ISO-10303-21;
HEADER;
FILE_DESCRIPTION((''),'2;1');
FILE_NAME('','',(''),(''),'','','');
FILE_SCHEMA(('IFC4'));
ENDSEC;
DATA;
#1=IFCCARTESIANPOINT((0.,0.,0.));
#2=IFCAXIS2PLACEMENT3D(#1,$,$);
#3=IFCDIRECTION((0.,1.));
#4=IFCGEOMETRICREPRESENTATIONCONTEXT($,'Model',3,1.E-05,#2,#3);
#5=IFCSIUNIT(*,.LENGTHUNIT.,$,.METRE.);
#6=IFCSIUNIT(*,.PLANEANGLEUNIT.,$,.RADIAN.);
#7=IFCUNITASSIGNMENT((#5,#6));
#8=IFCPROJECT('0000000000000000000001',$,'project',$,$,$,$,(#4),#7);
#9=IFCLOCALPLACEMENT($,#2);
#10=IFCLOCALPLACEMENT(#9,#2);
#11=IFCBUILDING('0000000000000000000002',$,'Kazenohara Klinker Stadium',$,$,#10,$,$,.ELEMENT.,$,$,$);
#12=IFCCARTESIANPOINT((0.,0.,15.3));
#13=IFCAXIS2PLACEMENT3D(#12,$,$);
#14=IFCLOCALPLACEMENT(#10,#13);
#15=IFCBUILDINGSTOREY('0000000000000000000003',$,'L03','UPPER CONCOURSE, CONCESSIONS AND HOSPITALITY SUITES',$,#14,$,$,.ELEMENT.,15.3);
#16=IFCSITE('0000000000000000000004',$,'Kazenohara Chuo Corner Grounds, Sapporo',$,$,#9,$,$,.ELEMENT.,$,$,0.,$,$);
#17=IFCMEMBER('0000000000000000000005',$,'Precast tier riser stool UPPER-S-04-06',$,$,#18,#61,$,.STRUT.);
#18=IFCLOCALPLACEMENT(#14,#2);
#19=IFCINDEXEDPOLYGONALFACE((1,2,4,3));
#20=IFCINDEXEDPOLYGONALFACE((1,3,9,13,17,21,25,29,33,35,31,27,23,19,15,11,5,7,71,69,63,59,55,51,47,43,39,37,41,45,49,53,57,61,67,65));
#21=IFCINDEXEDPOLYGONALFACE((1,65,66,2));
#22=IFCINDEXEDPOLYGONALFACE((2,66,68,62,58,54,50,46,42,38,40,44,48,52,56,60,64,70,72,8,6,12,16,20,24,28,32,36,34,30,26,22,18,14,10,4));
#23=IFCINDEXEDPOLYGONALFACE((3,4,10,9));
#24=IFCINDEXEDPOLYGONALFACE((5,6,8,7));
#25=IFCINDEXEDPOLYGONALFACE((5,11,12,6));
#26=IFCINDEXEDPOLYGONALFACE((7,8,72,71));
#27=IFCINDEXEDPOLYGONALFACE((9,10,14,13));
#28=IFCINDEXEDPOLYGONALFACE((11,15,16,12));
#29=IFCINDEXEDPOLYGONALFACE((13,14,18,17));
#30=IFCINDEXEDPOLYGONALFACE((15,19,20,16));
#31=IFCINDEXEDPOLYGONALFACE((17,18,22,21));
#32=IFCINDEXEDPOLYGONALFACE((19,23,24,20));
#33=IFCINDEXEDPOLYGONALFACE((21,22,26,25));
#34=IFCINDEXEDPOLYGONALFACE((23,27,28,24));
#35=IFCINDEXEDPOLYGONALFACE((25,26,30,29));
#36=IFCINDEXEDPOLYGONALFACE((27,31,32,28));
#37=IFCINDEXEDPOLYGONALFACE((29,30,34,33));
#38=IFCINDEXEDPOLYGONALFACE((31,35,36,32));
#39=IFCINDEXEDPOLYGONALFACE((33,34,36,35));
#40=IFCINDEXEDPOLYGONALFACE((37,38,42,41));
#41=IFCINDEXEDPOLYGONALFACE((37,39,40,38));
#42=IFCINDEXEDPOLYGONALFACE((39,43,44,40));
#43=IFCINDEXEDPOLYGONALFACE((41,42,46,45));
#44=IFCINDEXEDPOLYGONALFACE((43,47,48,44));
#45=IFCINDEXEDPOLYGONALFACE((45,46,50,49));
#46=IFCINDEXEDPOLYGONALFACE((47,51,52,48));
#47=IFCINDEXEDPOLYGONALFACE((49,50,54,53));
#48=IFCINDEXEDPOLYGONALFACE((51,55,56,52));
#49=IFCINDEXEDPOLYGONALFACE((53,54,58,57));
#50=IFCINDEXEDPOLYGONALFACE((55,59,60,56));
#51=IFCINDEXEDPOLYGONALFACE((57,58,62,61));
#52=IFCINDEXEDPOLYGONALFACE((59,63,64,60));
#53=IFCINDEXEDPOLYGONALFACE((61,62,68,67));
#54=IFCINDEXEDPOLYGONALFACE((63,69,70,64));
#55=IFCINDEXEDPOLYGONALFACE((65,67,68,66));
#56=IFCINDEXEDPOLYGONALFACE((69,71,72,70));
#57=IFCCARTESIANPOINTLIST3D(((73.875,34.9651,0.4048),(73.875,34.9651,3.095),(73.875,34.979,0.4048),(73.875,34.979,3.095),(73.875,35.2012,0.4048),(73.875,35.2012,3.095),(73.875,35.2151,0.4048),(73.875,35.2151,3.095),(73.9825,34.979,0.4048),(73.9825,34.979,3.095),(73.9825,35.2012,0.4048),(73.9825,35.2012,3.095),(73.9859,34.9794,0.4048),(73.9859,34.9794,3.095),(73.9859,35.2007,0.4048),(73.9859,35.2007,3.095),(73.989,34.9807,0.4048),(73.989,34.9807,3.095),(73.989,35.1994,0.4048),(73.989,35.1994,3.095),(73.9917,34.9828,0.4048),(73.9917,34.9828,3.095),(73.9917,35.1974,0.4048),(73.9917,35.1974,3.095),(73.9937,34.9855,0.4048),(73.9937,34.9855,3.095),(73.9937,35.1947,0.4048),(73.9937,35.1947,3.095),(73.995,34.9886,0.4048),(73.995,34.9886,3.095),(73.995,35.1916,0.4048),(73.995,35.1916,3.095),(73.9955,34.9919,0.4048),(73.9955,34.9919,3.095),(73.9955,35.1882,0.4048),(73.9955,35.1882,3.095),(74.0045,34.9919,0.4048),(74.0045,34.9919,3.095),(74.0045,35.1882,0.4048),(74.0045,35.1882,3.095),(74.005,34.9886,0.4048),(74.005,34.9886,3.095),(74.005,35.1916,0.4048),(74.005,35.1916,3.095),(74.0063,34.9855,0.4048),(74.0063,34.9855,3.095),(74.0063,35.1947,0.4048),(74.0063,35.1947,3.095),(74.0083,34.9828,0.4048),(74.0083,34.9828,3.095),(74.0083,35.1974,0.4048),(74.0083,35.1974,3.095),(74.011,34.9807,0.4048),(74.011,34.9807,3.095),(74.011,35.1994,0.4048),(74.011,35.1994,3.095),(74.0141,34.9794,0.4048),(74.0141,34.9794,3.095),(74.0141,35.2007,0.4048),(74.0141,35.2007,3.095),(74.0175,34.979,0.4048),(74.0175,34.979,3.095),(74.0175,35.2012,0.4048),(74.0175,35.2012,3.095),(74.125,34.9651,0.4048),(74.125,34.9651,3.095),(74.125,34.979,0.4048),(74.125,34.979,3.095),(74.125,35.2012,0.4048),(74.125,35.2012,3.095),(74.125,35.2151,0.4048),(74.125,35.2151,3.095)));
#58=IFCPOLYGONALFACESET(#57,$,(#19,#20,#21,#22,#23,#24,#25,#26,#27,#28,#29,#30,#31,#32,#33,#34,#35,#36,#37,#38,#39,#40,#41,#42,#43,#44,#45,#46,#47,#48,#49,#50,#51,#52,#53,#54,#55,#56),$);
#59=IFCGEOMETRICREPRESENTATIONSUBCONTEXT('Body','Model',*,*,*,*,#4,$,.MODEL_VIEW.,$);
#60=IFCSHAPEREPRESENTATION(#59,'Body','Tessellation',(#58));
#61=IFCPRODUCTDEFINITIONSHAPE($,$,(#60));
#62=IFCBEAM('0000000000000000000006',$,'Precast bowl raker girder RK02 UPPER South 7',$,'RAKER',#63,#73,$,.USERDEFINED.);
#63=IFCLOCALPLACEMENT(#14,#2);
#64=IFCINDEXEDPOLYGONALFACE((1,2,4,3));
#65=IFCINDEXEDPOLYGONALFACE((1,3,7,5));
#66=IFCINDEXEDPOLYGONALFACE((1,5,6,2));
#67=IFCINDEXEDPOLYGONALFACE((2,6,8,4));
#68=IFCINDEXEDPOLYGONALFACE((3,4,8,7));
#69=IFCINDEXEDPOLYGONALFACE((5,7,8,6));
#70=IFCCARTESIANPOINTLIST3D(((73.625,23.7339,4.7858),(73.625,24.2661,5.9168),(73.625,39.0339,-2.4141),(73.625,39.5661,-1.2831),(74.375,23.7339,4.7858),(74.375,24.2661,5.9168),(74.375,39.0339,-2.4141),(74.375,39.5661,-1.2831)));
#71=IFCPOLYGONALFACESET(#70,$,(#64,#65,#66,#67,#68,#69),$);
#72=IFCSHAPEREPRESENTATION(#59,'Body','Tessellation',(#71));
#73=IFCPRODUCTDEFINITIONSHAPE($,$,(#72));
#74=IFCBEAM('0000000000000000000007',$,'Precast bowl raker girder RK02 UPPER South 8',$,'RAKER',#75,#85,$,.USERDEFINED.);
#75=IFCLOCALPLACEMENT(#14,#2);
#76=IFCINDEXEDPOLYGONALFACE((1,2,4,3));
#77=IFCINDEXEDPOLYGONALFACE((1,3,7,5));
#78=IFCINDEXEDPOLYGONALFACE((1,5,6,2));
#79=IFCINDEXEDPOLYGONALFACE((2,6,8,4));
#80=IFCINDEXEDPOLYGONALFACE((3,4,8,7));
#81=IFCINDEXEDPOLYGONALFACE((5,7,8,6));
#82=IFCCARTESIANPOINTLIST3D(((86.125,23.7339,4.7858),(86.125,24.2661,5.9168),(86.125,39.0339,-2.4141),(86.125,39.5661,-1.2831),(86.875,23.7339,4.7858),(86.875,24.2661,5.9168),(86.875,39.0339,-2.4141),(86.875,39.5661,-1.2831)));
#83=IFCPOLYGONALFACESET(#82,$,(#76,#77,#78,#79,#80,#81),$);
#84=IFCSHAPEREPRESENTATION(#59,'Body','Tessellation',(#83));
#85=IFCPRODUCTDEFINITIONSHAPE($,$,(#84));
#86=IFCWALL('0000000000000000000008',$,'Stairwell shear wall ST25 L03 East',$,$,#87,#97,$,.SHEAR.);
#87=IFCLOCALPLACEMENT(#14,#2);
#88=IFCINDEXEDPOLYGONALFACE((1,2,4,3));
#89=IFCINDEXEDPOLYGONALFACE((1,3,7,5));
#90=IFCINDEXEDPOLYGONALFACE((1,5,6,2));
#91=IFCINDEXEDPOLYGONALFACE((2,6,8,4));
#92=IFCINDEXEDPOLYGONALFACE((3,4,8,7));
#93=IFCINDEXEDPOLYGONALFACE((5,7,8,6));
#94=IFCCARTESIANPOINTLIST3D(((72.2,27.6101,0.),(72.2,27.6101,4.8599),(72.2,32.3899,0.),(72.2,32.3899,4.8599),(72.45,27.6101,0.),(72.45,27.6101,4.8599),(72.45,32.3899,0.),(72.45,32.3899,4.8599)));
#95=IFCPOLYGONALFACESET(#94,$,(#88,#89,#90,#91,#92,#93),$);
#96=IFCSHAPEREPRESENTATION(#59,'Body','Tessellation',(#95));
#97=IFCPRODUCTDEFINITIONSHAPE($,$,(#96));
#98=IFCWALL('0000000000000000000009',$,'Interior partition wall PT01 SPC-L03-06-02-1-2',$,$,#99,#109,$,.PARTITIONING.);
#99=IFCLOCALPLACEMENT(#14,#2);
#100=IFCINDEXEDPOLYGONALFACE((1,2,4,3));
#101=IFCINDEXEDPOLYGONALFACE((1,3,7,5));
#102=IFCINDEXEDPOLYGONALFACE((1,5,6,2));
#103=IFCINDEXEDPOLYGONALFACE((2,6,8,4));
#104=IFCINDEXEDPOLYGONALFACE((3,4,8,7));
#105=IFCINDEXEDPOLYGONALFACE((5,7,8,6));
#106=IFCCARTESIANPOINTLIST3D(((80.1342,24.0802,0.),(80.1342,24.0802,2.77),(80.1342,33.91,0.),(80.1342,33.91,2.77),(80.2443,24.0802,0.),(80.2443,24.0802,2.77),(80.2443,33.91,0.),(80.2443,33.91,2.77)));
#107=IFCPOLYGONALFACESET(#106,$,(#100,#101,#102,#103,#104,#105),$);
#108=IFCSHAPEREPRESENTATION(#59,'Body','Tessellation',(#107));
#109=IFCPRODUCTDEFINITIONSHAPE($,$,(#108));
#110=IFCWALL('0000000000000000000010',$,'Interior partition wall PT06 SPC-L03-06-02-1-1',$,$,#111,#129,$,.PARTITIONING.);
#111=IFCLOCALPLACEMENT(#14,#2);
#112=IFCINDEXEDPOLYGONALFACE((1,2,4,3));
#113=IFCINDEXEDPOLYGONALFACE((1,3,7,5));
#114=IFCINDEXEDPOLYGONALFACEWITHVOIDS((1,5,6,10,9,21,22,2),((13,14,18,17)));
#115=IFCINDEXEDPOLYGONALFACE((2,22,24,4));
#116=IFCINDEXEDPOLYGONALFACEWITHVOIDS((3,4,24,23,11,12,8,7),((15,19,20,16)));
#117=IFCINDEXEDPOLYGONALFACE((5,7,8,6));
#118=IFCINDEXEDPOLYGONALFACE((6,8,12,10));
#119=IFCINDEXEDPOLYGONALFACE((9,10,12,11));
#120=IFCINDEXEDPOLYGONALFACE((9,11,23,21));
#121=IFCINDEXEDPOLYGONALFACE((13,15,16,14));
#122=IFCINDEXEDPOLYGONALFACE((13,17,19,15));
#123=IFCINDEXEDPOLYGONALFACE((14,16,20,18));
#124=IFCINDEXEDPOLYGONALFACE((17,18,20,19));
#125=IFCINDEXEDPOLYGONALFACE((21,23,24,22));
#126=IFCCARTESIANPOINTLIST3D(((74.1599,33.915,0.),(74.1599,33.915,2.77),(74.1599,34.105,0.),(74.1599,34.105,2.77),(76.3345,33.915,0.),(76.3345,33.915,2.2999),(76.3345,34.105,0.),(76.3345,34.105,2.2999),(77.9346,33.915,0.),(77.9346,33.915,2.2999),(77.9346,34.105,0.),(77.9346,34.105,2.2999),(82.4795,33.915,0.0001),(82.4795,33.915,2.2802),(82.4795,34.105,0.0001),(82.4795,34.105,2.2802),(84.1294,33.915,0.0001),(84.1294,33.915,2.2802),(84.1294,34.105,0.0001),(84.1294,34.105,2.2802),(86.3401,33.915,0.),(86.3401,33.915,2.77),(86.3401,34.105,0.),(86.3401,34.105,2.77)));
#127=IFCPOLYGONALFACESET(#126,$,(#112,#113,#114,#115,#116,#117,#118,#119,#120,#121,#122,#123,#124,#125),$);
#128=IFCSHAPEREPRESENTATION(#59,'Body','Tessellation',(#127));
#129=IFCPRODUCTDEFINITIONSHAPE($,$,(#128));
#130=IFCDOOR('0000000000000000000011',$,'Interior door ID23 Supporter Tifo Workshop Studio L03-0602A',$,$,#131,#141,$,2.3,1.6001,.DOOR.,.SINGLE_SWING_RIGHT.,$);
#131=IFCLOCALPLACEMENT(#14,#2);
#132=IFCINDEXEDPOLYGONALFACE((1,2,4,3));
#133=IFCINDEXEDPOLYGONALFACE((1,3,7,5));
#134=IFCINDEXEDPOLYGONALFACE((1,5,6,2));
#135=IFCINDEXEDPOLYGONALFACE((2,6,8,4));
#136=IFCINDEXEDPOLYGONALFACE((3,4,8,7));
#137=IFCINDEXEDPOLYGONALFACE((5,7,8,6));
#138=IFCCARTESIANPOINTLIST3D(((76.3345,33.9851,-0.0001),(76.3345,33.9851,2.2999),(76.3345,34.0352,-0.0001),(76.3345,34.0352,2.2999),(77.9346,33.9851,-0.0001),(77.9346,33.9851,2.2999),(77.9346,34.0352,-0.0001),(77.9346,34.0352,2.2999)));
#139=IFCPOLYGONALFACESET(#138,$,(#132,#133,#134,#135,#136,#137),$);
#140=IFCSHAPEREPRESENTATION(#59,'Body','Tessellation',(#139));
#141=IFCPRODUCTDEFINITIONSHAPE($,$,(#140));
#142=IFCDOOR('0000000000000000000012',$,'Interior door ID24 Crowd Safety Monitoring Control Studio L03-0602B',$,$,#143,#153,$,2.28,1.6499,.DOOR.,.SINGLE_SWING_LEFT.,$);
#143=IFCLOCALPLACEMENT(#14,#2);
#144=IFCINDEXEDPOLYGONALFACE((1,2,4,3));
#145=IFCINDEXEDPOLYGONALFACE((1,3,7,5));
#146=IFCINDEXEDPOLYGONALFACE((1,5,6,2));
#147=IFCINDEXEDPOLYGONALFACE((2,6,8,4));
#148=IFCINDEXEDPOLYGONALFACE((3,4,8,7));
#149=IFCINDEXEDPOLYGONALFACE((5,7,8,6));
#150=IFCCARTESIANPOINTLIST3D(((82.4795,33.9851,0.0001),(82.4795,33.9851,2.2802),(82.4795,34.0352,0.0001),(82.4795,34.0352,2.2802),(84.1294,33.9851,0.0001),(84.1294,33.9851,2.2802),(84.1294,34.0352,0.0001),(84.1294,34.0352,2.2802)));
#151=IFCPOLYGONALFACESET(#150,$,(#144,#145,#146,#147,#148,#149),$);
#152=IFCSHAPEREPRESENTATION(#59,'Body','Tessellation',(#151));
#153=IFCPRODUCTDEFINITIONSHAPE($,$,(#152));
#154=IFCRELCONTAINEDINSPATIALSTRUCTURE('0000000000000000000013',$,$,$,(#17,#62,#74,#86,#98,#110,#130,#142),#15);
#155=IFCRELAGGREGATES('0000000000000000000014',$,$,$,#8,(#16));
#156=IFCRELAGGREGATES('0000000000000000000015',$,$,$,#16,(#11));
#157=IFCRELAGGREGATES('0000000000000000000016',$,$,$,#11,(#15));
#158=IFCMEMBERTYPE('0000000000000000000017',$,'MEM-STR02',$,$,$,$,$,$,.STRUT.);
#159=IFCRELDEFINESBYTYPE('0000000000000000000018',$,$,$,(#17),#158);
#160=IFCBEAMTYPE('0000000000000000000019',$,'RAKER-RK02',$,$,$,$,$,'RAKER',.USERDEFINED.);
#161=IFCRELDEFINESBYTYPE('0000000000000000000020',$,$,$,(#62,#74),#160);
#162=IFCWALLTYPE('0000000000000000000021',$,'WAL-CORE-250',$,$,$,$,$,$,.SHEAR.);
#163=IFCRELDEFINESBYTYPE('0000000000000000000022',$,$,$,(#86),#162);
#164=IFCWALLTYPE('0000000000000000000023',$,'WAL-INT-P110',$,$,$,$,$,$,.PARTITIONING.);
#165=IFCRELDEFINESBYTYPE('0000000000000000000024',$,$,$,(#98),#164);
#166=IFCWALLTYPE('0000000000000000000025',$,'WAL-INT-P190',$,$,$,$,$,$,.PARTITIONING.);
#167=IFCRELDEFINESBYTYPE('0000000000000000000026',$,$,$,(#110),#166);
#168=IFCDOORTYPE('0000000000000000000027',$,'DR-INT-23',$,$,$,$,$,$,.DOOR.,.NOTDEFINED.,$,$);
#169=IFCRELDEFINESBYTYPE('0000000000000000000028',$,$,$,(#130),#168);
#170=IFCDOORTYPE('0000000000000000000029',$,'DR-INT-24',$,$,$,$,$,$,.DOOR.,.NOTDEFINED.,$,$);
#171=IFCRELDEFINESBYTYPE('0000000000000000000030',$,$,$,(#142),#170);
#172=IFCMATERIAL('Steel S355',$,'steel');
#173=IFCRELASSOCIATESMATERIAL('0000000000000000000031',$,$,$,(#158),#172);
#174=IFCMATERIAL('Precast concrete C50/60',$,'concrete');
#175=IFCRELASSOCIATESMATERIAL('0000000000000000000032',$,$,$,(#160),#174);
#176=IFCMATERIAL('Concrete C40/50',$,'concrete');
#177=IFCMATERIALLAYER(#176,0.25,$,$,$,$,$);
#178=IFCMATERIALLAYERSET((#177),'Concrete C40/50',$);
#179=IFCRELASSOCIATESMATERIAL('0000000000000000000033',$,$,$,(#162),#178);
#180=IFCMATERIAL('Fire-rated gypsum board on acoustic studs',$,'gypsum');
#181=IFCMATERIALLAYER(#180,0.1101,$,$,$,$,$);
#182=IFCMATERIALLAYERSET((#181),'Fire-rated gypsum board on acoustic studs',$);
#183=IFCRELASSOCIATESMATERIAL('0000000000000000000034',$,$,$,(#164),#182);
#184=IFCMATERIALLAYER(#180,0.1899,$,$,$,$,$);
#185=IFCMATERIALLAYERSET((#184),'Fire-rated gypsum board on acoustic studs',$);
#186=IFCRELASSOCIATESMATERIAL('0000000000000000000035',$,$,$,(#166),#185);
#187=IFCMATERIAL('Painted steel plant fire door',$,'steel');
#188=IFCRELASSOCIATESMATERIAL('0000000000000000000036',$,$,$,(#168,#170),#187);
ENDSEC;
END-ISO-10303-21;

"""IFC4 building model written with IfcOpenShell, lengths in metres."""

from ifc_helpers import new_model, si_unit, direction, frame, frame_2d, origin, origin_2d, place, context, subcontext, project, spatial, rectangle, i_section, extrude, material, layer, layer_set, material_profile, profile_set, type_object, element, fill, save


model = new_model("IFC4")

# Units and contexts
model_context = context("Model", 3, precision=1e-05, world=origin(), true_north=direction((0.0, 1.0)))
body_context = subcontext(model_context, "Body", "Model", "MODEL_VIEW")
ifc_project = project(units=[si_unit("LENGTHUNIT", "METRE"), si_unit("PLANEANGLEUNIT", "RADIAN")], contexts=[model_context])

# Site, building, storey
site_placement = place(None, origin())
site = spatial("IfcSite", under=ifc_project, at=site_placement, Name="Kazenohara Chuo Corner Grounds, Sapporo", CompositionType="ELEMENT", RefElevation=0.0)
building_placement = place(site_placement, origin())
building = spatial("IfcBuilding", under=site, at=building_placement, Name="Kazenohara Klinker Stadium", CompositionType="ELEMENT")
storey_placement = place(building_placement, frame((0.0, 0.0, 15.3)))
storey = spatial("IfcBuildingStorey", under=building, at=storey_placement, Name="L03", Description="UPPER CONCOURSE, CONCESSIONS AND HOSPITALITY SUITES", CompositionType="ELEMENT", Elevation=15.3)

# Shared definitions
ifc_material_1 = material(Name="Concrete C40/50", Category="concrete")

# Shared definitions
ifc_material_2 = material(Name="Steel S355", Category="steel")

# Member
ifc_material_profile_1 = material_profile(ifc_material_2, i_section(OverallWidth=0.25, OverallDepth=0.25, WebThickness=0.009, FlangeThickness=0.0139, FilletRadius=0.0129, at=origin_2d()), Name="H-250x250x9x14")
ifc_profile_set_1 = profile_set([ifc_material_profile_1], Name="Steel S355")
member_type_1 = type_object("IfcMemberType", Name="MEM-STR02", PredefinedType="STRUT", material=ifc_profile_set_1)
member_1_placement = place(storey_placement, frame((74.0, 35.0901, 0.4048), z_axis=(0.0, 0.0, 1.0), x_axis=(1.0, 0.0, 0.0)))
element("IfcMember", 1, at=member_1_placement, inside=storey, type_object=member_type_1, Name="Precast tier riser stool UPPER-S-04-06", PredefinedType="STRUT", context=body_context, shape_type="SweptSolid", body=[
    extrude(i_section(OverallWidth=0.25, OverallDepth=0.25, WebThickness=0.009, FlangeThickness=0.0139, FilletRadius=0.0129, at=origin_2d()), origin(), (0.0, 0.0, 1.0), 2.6902),
])

# Beams
ifc_material_3 = material(Name="Precast concrete C50/60", Category="concrete")
ifc_material_profile_2 = material_profile(ifc_material_3, rectangle(XDim=0.75, YDim=1.25, at=origin_2d()), Name="PC-RAKER-750x1250")
ifc_profile_set_2 = profile_set([ifc_material_profile_2], Name="Precast concrete C50/60")
beam_type_1 = type_object("IfcBeamType", Name="RAKER-RK02", ElementType="RAKER", PredefinedType="USERDEFINED", material=ifc_profile_set_2)
for number, where, z_axis, x_axis, name in (
    (2, (74.0, 24.0, 5.3513), (0.0, 0.90482, -0.425794), (-1.0, 0.0, 0.0), "Precast bowl raker girder RK02 UPPER South 7"),
    (3, (86.5, 24.0, 5.3513), (0.0, 0.90482, -0.425794), (-1.0, 0.0, 0.0), "Precast bowl raker girder RK02 UPPER South 8"),
):
    element("IfcBeam", number, at=place(storey_placement, frame(where, z_axis=z_axis, x_axis=x_axis)), inside=storey, type_object=beam_type_1, Name=name, ObjectType="RAKER", PredefinedType="USERDEFINED", context=body_context, shape_type="SweptSolid", body=[
        extrude(rectangle(XDim=0.75, YDim=1.25, at=origin_2d()), origin(), (0.0, 0.0, 1.0), 16.9094),
    ])

# Walls
ifc_layer_1 = layer(ifc_material_1, 0.25)
ifc_layer_set_1 = layer_set([ifc_layer_1], Name="Concrete C40/50")
wall_type_1 = type_object("IfcWallType", Name="WAL-CORE-250", PredefinedType="SHEAR", material=ifc_layer_set_1)
wall_1_placement = place(storey_placement, frame((72.325, 27.6101, 0.0), z_axis=(0.0, 0.0, 1.0), x_axis=(0.0, 1.0, 0.0)))
element("IfcWall", 4, at=wall_1_placement, inside=storey, type_object=wall_type_1, Name="Stairwell shear wall ST25 L03 East", PredefinedType="SHEAR", context=body_context, shape_type="SweptSolid", body=[
    extrude(rectangle(XDim=4.7798, YDim=0.25, at=frame_2d((2.3899, 0.0))), origin(), (0.0, 0.0, 1.0), 4.8599),
])
ifc_material_4 = material(Name="Fire-rated gypsum board on acoustic studs", Category="gypsum")
ifc_layer_2 = layer(ifc_material_4, 0.1101)
ifc_layer_set_2 = layer_set([ifc_layer_2], Name="Fire-rated gypsum board on acoustic studs")
wall_type_2 = type_object("IfcWallType", Name="WAL-INT-P110", PredefinedType="PARTITIONING", material=ifc_layer_set_2)
wall_2_placement = place(storey_placement, frame((80.1892, 24.0801, 0.0), z_axis=(0.0, 0.0, 1.0), x_axis=(0.0, 1.0, 0.0)))
element("IfcWall", 5, at=wall_2_placement, inside=storey, type_object=wall_type_2, Name="Interior partition wall PT01 SPC-L03-06-02-1-2", PredefinedType="PARTITIONING", context=body_context, shape_type="SweptSolid", body=[
    extrude(rectangle(XDim=9.8298, YDim=0.1101, at=frame_2d((4.915, 0.0))), origin(), (0.0, 0.0, 1.0), 2.77),
])

# Wall, openings, doors
ifc_layer_3 = layer(ifc_material_4, 0.1899)
ifc_layer_set_3 = layer_set([ifc_layer_3], Name="Fire-rated gypsum board on acoustic studs")
wall_type_3 = type_object("IfcWallType", Name="WAL-INT-P190", PredefinedType="PARTITIONING", material=ifc_layer_set_3)
wall_3_placement = place(storey_placement, frame((74.1599, 34.01, 0.0), z_axis=(0.0, 0.0, 1.0), x_axis=(1.0, 0.0, 0.0)))
wall_3 = element("IfcWall", 6, at=wall_3_placement, inside=storey, type_object=wall_type_3, Name="Interior partition wall PT06 SPC-L03-06-02-1-1", PredefinedType="PARTITIONING", context=body_context, shape_type="SweptSolid", body=[
    extrude(rectangle(XDim=12.1802, YDim=0.1899, at=frame_2d((6.0901, 0.0))), origin(), (0.0, 0.0, 1.0), 2.77),
])
opening_1_placement = place(wall_3_placement, frame((3.7747, 0.0, 0.0), z_axis=(0.0, 0.0, 1.0), x_axis=(-1.0, 0.0, 0.0)))
opening_1 = element("IfcOpeningElement", 7, at=opening_1_placement, cuts=wall_3, PredefinedType="OPENING", context=body_context, shape_type="SweptSolid", body=[
    extrude(rectangle(XDim=1.6001, YDim=2.3, at=frame_2d((0.8, 1.1499))), frame((0.0, 0.105, 0.0), z_axis=(0.0, -1.0, 0.0), x_axis=(1.0, 0.0, 0.0)), (0.0, 0.0, 1.0), 0.21),
])
opening_2_placement = place(wall_3_placement, frame((9.9695, 0.0, 0.0), z_axis=(0.0, 0.0, 1.0), x_axis=(-1.0, 0.0, 0.0)))
opening_2 = element("IfcOpeningElement", 8, at=opening_2_placement, cuts=wall_3, PredefinedType="OPENING", context=body_context, shape_type="SweptSolid", body=[
    extrude(rectangle(XDim=1.6499, YDim=2.28, at=frame_2d((0.825, 1.1401))), frame((0.0, 0.105, 0.0), z_axis=(0.0, -1.0, 0.0), x_axis=(1.0, 0.0, 0.0)), (0.0, 0.0, 1.0), 0.21),
])
ifc_material_5 = material(Name="Painted steel plant fire door", Category="steel")
door_type_1 = type_object("IfcDoorType", Name="DR-INT-23", OperationType="NOTDEFINED", PredefinedType="DOOR", material=ifc_material_5)
door_1_placement = place(opening_1_placement, origin())
door_1 = element("IfcDoor", 9, at=door_1_placement, inside=storey, type_object=door_type_1, Name="Interior door ID23 Supporter Tifo Workshop Studio L03-0602A", OperationType="SINGLE_SWING_RIGHT", OverallHeight=2.3, OverallWidth=1.6001, PredefinedType="DOOR", context=body_context, shape_type="SweptSolid", body=[
    extrude(rectangle(XDim=1.6001, YDim=2.3, at=frame_2d((0.8, 1.1499))), frame((0.0, 0.0249, 0.0), z_axis=(0.0, -1.0, 0.0), x_axis=(1.0, 0.0, 0.0)), (0.0, 0.0, 1.0), 0.05),
])
fill(opening_1, door_1)
door_type_2 = type_object("IfcDoorType", Name="DR-INT-24", OperationType="NOTDEFINED", PredefinedType="DOOR", material=ifc_material_5)
door_2_placement = place(opening_2_placement, origin())
door_2 = element("IfcDoor", 10, at=door_2_placement, inside=storey, type_object=door_type_2, Name="Interior door ID24 Crowd Safety Monitoring Control Studio L03-0602B", OperationType="SINGLE_SWING_LEFT", OverallHeight=2.28, OverallWidth=1.6499, PredefinedType="DOOR", context=body_context, shape_type="SweptSolid", body=[
    extrude(rectangle(XDim=1.6499, YDim=2.28, at=frame_2d((0.825, 1.1401))), frame((0.0, 0.0249, 0.0), z_axis=(0.0, -1.0, 0.0), x_axis=(1.0, 0.0, 0.0)), (0.0, 0.0, 1.0), 0.05),
])
fill(opening_2, door_2)

save(model, "model.ifc")
